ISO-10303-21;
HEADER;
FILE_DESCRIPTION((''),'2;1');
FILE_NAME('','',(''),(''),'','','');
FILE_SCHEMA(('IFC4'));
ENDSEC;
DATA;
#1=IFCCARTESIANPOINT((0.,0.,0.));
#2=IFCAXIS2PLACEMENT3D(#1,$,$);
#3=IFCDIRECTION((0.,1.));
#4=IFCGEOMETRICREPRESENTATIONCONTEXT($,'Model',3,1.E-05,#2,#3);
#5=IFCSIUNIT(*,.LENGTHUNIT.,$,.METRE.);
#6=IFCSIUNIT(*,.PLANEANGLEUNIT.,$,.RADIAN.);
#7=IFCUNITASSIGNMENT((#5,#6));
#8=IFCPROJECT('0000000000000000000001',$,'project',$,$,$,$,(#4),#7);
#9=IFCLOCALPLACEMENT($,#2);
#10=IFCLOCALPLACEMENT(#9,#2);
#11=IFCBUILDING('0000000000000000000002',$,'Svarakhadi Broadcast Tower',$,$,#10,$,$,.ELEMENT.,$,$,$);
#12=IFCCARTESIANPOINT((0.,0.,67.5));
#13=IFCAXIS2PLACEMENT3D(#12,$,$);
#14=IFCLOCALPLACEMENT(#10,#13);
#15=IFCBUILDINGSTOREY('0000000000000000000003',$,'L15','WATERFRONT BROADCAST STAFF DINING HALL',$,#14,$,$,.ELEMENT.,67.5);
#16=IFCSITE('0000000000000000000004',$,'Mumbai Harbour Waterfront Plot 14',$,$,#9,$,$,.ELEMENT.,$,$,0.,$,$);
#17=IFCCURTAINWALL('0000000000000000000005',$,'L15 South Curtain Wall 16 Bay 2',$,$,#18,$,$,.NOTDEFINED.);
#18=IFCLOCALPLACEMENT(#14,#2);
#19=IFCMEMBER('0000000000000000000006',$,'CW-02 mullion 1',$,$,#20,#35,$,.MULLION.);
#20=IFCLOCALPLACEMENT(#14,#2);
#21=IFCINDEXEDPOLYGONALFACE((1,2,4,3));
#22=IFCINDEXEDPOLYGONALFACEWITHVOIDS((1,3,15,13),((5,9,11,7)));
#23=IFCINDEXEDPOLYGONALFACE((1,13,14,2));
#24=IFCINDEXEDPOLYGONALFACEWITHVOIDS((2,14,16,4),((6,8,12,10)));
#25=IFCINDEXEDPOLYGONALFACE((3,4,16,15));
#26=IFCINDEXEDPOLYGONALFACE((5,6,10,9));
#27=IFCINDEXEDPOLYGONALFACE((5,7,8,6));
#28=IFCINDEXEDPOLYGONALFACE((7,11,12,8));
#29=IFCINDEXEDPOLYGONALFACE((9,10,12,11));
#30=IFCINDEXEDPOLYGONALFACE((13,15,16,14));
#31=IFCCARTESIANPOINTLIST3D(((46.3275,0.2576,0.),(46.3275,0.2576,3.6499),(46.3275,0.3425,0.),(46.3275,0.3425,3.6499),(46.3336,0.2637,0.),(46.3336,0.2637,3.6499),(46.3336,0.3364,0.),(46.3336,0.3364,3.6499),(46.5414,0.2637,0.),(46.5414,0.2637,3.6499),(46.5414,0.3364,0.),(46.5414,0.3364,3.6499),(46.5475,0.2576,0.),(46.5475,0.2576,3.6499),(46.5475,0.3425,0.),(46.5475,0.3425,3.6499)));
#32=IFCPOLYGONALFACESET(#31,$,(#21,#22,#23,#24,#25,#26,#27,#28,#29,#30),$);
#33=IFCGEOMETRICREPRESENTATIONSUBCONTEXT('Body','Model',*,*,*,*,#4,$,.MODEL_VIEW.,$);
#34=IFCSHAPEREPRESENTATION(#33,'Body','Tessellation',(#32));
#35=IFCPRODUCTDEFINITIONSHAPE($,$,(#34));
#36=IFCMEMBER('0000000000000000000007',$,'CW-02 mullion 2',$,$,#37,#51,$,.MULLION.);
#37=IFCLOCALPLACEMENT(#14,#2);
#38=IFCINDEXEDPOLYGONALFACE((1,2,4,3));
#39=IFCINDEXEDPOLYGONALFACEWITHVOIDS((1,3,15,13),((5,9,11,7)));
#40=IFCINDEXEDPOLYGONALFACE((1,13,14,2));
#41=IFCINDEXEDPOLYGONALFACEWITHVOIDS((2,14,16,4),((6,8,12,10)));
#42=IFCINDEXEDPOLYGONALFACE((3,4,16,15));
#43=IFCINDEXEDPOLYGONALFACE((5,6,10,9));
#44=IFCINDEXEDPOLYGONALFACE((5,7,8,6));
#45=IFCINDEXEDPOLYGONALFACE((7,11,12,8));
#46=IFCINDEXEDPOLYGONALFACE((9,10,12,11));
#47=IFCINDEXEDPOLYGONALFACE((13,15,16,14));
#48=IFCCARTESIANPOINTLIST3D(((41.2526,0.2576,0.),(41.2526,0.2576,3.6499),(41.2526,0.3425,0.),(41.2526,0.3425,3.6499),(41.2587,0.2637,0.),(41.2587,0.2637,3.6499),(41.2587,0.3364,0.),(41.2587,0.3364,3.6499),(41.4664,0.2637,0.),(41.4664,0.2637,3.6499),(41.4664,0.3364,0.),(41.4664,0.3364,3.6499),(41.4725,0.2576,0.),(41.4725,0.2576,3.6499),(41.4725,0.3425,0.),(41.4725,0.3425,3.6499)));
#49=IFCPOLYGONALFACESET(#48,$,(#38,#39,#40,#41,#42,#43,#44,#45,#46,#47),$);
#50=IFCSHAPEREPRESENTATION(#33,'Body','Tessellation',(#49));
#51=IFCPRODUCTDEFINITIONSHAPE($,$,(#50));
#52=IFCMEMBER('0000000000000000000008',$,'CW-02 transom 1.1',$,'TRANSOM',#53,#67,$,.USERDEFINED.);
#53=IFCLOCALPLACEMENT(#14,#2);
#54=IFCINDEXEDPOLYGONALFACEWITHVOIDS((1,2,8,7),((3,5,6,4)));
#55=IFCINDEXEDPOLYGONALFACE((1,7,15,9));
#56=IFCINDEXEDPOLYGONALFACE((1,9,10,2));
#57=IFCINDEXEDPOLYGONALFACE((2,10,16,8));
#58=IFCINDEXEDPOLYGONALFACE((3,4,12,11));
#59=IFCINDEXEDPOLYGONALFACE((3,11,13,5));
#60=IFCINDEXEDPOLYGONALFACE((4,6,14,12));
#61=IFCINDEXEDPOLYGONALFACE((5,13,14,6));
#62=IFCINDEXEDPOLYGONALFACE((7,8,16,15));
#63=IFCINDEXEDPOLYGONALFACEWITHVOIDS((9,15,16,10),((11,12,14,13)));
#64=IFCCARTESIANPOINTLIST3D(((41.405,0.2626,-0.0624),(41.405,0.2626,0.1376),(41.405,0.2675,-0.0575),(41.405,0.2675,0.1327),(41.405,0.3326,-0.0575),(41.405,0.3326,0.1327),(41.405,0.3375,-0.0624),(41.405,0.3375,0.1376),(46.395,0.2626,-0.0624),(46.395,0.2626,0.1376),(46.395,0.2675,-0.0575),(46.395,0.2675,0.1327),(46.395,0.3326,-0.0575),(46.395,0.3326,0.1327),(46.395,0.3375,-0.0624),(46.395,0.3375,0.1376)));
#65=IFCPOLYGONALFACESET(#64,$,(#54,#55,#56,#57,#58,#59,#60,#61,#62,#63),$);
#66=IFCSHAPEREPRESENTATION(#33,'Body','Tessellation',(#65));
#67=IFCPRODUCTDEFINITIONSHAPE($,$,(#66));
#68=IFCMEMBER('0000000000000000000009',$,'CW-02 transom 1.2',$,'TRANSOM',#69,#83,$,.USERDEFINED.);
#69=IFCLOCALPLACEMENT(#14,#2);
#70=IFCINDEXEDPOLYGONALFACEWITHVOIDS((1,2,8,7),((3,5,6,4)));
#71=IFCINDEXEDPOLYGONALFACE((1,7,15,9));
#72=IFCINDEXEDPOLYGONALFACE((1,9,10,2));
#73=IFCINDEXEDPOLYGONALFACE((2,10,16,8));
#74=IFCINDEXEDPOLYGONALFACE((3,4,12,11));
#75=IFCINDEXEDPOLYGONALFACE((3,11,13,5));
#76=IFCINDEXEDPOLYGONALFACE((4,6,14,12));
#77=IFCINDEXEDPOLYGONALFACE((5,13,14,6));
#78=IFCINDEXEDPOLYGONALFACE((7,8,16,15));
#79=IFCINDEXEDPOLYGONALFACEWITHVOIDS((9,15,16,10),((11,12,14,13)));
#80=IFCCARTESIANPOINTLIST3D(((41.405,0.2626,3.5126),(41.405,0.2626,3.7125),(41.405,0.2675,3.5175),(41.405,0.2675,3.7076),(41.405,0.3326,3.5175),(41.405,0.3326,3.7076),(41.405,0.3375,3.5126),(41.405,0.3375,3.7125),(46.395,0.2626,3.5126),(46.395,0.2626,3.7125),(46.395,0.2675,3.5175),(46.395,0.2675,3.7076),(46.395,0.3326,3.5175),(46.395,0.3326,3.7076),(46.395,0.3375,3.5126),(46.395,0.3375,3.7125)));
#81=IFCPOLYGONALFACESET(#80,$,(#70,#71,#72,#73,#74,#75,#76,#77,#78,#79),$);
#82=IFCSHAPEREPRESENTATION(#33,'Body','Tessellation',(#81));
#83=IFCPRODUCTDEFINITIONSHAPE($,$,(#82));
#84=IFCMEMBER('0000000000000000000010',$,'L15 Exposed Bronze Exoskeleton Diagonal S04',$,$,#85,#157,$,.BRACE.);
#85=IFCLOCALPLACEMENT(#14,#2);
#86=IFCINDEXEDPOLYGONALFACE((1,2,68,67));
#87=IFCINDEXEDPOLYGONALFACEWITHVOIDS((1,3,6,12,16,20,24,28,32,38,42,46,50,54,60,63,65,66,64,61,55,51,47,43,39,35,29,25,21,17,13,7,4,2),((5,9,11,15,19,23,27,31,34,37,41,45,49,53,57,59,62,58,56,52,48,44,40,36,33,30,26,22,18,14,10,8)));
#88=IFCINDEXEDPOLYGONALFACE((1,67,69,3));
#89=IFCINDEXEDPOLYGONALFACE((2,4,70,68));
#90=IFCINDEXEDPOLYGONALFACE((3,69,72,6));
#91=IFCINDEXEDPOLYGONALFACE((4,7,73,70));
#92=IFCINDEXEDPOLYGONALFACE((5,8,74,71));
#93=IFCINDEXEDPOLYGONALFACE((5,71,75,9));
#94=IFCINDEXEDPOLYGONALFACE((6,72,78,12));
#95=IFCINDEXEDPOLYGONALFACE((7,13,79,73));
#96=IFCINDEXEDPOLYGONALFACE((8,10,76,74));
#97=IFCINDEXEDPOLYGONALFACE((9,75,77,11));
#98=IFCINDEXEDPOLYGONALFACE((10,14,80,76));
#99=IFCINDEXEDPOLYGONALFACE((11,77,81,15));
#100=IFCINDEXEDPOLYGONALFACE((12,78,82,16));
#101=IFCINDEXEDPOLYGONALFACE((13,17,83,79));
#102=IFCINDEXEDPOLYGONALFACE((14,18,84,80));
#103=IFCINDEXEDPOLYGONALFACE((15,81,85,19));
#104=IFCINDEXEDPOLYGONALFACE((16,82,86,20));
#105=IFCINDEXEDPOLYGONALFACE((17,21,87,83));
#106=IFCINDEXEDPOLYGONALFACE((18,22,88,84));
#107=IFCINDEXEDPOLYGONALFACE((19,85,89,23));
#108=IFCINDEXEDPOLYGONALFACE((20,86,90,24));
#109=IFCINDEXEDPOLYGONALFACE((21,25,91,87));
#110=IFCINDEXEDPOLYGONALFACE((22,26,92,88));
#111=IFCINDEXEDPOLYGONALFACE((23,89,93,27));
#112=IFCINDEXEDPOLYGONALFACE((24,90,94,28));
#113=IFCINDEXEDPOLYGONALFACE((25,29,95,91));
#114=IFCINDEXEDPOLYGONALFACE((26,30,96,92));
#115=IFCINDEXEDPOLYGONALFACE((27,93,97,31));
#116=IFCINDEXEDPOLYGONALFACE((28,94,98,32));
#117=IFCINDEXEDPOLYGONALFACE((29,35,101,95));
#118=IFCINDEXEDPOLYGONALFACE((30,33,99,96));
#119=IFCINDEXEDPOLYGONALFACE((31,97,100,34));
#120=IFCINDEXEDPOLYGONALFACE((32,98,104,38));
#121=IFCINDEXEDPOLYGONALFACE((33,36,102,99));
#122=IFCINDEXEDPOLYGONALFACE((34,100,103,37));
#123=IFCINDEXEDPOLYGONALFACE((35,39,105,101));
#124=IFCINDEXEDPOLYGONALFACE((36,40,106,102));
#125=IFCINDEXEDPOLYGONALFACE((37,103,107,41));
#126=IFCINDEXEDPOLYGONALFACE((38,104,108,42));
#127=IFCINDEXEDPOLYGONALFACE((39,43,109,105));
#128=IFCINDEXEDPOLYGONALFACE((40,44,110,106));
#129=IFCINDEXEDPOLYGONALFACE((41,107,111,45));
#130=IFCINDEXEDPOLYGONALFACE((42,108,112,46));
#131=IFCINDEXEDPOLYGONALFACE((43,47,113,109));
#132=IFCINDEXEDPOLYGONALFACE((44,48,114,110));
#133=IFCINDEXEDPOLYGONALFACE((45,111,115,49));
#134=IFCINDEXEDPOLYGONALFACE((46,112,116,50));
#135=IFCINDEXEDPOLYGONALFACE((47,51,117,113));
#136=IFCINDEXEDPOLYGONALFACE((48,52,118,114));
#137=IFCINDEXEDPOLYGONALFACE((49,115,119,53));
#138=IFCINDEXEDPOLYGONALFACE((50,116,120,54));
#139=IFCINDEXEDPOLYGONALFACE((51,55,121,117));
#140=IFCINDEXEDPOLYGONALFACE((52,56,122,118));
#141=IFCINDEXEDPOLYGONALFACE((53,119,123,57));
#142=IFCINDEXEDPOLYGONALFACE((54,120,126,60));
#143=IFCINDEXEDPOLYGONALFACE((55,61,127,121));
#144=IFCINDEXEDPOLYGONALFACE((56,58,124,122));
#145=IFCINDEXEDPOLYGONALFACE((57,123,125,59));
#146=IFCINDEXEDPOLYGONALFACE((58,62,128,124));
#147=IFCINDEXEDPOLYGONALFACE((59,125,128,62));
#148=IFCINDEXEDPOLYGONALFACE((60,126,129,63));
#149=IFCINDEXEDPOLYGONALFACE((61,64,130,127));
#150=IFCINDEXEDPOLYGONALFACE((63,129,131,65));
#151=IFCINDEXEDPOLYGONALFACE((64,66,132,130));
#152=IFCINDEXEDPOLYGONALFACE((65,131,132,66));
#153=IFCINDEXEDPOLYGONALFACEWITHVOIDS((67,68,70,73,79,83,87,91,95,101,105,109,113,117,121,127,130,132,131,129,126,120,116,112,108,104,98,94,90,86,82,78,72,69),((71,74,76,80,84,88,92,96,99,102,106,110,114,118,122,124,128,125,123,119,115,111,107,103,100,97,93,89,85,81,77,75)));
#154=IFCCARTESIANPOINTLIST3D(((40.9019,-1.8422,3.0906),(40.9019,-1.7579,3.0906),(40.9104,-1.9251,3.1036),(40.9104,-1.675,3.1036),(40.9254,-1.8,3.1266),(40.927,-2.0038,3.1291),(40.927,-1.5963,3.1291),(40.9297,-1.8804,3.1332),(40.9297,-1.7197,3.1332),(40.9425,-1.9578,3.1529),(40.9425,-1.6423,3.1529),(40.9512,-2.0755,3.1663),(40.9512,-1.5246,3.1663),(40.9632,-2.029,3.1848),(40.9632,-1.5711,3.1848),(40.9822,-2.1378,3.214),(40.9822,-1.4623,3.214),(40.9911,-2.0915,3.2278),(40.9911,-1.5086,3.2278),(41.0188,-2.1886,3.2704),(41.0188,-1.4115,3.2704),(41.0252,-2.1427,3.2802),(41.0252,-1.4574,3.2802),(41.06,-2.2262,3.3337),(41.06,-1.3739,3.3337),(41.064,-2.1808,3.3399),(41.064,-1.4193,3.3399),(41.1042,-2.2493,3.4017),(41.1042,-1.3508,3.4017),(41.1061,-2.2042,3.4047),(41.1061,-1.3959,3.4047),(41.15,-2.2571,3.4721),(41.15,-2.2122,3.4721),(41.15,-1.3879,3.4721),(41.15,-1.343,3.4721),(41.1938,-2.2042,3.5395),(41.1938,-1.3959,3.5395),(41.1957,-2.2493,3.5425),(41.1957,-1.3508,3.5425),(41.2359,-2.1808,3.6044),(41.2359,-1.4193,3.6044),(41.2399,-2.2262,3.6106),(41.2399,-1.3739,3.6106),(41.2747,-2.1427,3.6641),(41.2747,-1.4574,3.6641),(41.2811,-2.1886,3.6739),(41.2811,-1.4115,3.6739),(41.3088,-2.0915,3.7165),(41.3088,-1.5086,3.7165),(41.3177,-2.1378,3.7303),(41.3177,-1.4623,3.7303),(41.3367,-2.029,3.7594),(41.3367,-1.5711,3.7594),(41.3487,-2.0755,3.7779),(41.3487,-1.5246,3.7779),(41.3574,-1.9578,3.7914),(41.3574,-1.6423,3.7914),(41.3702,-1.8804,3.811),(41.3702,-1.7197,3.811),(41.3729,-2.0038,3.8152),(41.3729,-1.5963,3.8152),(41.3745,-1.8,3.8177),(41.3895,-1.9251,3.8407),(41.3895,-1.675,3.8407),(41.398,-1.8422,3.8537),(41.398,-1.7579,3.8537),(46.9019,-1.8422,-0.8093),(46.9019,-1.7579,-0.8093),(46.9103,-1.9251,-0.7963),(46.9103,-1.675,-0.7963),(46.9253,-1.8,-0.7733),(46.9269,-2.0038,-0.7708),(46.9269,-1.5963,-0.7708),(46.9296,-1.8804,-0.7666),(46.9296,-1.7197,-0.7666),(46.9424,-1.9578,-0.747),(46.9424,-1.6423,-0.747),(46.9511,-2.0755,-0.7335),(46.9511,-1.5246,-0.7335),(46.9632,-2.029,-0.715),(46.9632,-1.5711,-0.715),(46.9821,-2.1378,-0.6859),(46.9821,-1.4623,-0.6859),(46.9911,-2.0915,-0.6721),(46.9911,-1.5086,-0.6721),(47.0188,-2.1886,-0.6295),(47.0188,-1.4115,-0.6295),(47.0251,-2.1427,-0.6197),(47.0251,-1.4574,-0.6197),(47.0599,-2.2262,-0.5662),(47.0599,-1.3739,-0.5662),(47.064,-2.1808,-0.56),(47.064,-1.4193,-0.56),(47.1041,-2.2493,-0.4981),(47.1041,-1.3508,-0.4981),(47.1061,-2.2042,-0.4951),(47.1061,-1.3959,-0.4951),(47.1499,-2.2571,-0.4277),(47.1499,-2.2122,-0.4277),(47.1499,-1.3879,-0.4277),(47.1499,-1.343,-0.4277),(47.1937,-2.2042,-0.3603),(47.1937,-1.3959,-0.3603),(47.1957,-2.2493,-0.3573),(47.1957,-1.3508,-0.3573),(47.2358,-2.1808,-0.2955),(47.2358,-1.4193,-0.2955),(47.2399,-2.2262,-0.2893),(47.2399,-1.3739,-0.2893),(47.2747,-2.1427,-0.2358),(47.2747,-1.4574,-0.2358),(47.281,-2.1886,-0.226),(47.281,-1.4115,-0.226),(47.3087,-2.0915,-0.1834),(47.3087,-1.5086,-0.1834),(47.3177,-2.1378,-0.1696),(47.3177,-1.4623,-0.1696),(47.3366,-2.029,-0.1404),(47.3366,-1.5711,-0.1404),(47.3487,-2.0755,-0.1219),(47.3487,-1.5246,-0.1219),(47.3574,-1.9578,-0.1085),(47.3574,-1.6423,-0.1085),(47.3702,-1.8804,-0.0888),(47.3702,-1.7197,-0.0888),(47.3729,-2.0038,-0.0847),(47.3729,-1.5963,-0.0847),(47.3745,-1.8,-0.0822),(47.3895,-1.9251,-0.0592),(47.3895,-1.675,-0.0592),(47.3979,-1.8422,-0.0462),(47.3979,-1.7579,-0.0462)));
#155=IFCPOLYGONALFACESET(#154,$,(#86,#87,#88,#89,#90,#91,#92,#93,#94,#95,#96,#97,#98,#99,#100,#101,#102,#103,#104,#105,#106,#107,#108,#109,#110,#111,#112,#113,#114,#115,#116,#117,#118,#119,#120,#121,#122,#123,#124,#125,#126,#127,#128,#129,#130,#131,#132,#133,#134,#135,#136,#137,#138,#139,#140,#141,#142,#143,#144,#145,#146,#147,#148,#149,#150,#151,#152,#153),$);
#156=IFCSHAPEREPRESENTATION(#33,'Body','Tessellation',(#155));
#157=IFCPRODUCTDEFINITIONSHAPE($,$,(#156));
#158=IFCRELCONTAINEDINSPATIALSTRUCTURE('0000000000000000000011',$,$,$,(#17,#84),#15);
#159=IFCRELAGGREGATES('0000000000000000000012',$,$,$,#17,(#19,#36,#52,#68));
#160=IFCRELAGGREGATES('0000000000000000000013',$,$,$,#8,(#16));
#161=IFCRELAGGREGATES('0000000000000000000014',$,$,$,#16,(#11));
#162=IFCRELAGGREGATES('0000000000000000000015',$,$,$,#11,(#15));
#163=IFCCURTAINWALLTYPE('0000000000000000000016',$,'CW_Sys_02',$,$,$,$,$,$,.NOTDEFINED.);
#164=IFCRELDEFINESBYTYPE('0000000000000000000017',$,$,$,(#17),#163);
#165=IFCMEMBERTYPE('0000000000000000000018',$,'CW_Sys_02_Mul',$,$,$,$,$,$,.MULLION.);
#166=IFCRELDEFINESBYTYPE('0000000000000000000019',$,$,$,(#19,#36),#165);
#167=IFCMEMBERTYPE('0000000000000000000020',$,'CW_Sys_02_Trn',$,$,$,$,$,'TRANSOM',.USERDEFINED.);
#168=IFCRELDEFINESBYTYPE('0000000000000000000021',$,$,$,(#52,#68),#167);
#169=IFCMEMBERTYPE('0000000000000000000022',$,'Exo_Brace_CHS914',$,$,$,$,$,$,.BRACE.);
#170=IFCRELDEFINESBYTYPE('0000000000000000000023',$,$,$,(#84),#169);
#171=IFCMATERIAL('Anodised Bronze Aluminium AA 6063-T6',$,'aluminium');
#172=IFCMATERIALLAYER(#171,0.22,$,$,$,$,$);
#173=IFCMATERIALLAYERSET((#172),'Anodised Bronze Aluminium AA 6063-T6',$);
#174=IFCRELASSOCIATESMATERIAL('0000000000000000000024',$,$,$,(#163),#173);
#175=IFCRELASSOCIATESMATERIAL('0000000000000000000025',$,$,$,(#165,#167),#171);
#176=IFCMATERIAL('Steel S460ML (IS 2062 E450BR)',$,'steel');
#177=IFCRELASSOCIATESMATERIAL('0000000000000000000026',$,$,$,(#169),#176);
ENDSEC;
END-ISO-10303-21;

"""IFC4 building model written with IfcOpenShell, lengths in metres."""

from ifc_helpers import new_model, si_unit, direction, frame, origin, origin_2d, place, context, subcontext, project, spatial, hollow_rectangle, hollow_circle, extrude, material, layer, layer_set, material_profile, profile_set, type_object, element, aggregate, save


model = new_model("IFC4")

# Units and contexts
model_context = context("Model", 3, precision=1e-05, world=origin(), true_north=direction((0.0, 1.0)))
body_context = subcontext(model_context, "Body", "Model", "MODEL_VIEW")
ifc_project = project(units=[si_unit("LENGTHUNIT", "METRE"), si_unit("PLANEANGLEUNIT", "RADIAN")], contexts=[model_context])

# Site, building, storey
site_placement = place(None, origin())
site = spatial("IfcSite", under=ifc_project, at=site_placement, Name="Mumbai Harbour Waterfront Plot 14", CompositionType="ELEMENT", RefElevation=0.0)
building_placement = place(site_placement, origin())
building = spatial("IfcBuilding", under=site, at=building_placement, Name="Svarakhadi Broadcast Tower", CompositionType="ELEMENT")
storey_placement = place(building_placement, frame((0.0, 0.0, 67.5)))
storey = spatial("IfcBuildingStorey", under=building, at=storey_placement, Name="L15", Description="WATERFRONT BROADCAST STAFF DINING HALL", CompositionType="ELEMENT", Elevation=67.5)

# Shared definitions
ifc_material_1 = material(Name="Steel S460ML (IS 2062 E450BR)", Category="steel")

# Curtain wall, members
ifc_material_2 = material(Name="Anodised Bronze Aluminium AA 6063-T6", Category="aluminium")
ifc_layer_1 = layer(ifc_material_2, 0.22)
ifc_layer_set_1 = layer_set([ifc_layer_1], Name="Anodised Bronze Aluminium AA 6063-T6")
curtain_wall_type = type_object("IfcCurtainWallType", Name="CW_Sys_02", PredefinedType="NOTDEFINED", material=ifc_layer_set_1)
curtain_wall_placement = place(storey_placement, origin())
curtain_wall = element("IfcCurtainWall", 1, at=curtain_wall_placement, inside=storey, type_object=curtain_wall_type, Name="L15 South Curtain Wall 16 Bay 2", PredefinedType="NOTDEFINED")
ifc_material_profile_1 = material_profile(ifc_material_2, hollow_rectangle(XDim=0.085, YDim=0.22, WallThickness=0.0061, at=origin_2d()), Name="ALU MULLION 220x85x6")
ifc_profile_set_1 = profile_set([ifc_material_profile_1], Name="Anodised Bronze Aluminium AA 6063-T6")
member_type_1 = type_object("IfcMemberType", Name="CW_Sys_02_Mul", PredefinedType="MULLION", material=ifc_profile_set_1)
member_1_placement = place(storey_placement, frame((46.4375, 0.3, 0.0), z_axis=(0.0, 0.0, 1.0), x_axis=(0.0, -1.0, 0.0)))
member_1 = element("IfcMember", 2, at=member_1_placement, type_object=member_type_1, Name="CW-02 mullion 1", PredefinedType="MULLION", context=body_context, shape_type="SweptSolid", body=[
    extrude(hollow_rectangle(XDim=0.085, YDim=0.22, WallThickness=0.0061, at=origin_2d()), origin(), (0.0, 0.0, 1.0), 3.6499),
])
member_2_placement = place(storey_placement, frame((41.3625, 0.3, 0.0), z_axis=(0.0, 0.0, 1.0), x_axis=(0.0, -1.0, 0.0)))
member_2 = element("IfcMember", 3, at=member_2_placement, type_object=member_type_1, Name="CW-02 mullion 2", PredefinedType="MULLION", context=body_context, shape_type="SweptSolid", body=[
    extrude(hollow_rectangle(XDim=0.085, YDim=0.22, WallThickness=0.0061, at=origin_2d()), origin(), (0.0, 0.0, 1.0), 3.6499),
])
ifc_material_profile_2 = material_profile(ifc_material_2, hollow_rectangle(XDim=0.075, YDim=0.2, WallThickness=0.0049, at=origin_2d()), Name="ALU TRANSOM 200x75x5")
ifc_profile_set_2 = profile_set([ifc_material_profile_2], Name="Anodised Bronze Aluminium AA 6063-T6")
member_type_2 = type_object("IfcMemberType", Name="CW_Sys_02_Trn", ElementType="TRANSOM", PredefinedType="USERDEFINED", material=ifc_profile_set_2)
member_3_placement = place(storey_placement, frame((46.395, 0.3, 0.0376), z_axis=(-1.0, 0.0, 0.0), x_axis=(0.0, -1.0, 0.0)))
member_3 = element("IfcMember", 4, at=member_3_placement, type_object=member_type_2, Name="CW-02 transom 1.1", ObjectType="TRANSOM", PredefinedType="USERDEFINED", context=body_context, shape_type="SweptSolid", body=[
    extrude(hollow_rectangle(XDim=0.075, YDim=0.2, WallThickness=0.0049, at=origin_2d()), origin(), (0.0, 0.0, 1.0), 4.99),
])
member_4_placement = place(storey_placement, frame((46.395, 0.3, 3.6125), z_axis=(-1.0, 0.0, 0.0), x_axis=(0.0, -1.0, 0.0)))
member_4 = element("IfcMember", 5, at=member_4_placement, type_object=member_type_2, Name="CW-02 transom 1.2", ObjectType="TRANSOM", PredefinedType="USERDEFINED", context=body_context, shape_type="SweptSolid", body=[
    extrude(hollow_rectangle(XDim=0.075, YDim=0.2, WallThickness=0.0049, at=origin_2d()), origin(), (0.0, 0.0, 1.0), 4.99),
])

# Member
ifc_material_profile_3 = material_profile(ifc_material_1, hollow_circle(Radius=0.457, WallThickness=0.0449, at=origin_2d()), Name="CHS 914x45")
ifc_profile_set_3 = profile_set([ifc_material_profile_3], Name="Steel S460ML (IS 2062 E450BR)")
member_type_3 = type_object("IfcMemberType", Name="Exo_Brace_CHS914", PredefinedType="BRACE", material=ifc_profile_set_3)
member_5_placement = place(storey_placement, frame((47.1499, -1.8, -0.4277), z_axis=(-0.83845, 0.0, 0.544979), x_axis=(0.0, -1.0, 0.0)))
element("IfcMember", 6, at=member_5_placement, inside=storey, type_object=member_type_3, Name="L15 Exposed Bronze Exoskeleton Diagonal S04", PredefinedType="BRACE", context=body_context, shape_type="SweptSolid", body=[
    extrude(hollow_circle(Radius=0.457, WallThickness=0.0449, at=origin_2d()), origin(), (0.0, 0.0, 1.0), 7.156),
])

aggregate(curtain_wall, [member_1, member_2, member_3, member_4])

save(model, "model.ifc")
